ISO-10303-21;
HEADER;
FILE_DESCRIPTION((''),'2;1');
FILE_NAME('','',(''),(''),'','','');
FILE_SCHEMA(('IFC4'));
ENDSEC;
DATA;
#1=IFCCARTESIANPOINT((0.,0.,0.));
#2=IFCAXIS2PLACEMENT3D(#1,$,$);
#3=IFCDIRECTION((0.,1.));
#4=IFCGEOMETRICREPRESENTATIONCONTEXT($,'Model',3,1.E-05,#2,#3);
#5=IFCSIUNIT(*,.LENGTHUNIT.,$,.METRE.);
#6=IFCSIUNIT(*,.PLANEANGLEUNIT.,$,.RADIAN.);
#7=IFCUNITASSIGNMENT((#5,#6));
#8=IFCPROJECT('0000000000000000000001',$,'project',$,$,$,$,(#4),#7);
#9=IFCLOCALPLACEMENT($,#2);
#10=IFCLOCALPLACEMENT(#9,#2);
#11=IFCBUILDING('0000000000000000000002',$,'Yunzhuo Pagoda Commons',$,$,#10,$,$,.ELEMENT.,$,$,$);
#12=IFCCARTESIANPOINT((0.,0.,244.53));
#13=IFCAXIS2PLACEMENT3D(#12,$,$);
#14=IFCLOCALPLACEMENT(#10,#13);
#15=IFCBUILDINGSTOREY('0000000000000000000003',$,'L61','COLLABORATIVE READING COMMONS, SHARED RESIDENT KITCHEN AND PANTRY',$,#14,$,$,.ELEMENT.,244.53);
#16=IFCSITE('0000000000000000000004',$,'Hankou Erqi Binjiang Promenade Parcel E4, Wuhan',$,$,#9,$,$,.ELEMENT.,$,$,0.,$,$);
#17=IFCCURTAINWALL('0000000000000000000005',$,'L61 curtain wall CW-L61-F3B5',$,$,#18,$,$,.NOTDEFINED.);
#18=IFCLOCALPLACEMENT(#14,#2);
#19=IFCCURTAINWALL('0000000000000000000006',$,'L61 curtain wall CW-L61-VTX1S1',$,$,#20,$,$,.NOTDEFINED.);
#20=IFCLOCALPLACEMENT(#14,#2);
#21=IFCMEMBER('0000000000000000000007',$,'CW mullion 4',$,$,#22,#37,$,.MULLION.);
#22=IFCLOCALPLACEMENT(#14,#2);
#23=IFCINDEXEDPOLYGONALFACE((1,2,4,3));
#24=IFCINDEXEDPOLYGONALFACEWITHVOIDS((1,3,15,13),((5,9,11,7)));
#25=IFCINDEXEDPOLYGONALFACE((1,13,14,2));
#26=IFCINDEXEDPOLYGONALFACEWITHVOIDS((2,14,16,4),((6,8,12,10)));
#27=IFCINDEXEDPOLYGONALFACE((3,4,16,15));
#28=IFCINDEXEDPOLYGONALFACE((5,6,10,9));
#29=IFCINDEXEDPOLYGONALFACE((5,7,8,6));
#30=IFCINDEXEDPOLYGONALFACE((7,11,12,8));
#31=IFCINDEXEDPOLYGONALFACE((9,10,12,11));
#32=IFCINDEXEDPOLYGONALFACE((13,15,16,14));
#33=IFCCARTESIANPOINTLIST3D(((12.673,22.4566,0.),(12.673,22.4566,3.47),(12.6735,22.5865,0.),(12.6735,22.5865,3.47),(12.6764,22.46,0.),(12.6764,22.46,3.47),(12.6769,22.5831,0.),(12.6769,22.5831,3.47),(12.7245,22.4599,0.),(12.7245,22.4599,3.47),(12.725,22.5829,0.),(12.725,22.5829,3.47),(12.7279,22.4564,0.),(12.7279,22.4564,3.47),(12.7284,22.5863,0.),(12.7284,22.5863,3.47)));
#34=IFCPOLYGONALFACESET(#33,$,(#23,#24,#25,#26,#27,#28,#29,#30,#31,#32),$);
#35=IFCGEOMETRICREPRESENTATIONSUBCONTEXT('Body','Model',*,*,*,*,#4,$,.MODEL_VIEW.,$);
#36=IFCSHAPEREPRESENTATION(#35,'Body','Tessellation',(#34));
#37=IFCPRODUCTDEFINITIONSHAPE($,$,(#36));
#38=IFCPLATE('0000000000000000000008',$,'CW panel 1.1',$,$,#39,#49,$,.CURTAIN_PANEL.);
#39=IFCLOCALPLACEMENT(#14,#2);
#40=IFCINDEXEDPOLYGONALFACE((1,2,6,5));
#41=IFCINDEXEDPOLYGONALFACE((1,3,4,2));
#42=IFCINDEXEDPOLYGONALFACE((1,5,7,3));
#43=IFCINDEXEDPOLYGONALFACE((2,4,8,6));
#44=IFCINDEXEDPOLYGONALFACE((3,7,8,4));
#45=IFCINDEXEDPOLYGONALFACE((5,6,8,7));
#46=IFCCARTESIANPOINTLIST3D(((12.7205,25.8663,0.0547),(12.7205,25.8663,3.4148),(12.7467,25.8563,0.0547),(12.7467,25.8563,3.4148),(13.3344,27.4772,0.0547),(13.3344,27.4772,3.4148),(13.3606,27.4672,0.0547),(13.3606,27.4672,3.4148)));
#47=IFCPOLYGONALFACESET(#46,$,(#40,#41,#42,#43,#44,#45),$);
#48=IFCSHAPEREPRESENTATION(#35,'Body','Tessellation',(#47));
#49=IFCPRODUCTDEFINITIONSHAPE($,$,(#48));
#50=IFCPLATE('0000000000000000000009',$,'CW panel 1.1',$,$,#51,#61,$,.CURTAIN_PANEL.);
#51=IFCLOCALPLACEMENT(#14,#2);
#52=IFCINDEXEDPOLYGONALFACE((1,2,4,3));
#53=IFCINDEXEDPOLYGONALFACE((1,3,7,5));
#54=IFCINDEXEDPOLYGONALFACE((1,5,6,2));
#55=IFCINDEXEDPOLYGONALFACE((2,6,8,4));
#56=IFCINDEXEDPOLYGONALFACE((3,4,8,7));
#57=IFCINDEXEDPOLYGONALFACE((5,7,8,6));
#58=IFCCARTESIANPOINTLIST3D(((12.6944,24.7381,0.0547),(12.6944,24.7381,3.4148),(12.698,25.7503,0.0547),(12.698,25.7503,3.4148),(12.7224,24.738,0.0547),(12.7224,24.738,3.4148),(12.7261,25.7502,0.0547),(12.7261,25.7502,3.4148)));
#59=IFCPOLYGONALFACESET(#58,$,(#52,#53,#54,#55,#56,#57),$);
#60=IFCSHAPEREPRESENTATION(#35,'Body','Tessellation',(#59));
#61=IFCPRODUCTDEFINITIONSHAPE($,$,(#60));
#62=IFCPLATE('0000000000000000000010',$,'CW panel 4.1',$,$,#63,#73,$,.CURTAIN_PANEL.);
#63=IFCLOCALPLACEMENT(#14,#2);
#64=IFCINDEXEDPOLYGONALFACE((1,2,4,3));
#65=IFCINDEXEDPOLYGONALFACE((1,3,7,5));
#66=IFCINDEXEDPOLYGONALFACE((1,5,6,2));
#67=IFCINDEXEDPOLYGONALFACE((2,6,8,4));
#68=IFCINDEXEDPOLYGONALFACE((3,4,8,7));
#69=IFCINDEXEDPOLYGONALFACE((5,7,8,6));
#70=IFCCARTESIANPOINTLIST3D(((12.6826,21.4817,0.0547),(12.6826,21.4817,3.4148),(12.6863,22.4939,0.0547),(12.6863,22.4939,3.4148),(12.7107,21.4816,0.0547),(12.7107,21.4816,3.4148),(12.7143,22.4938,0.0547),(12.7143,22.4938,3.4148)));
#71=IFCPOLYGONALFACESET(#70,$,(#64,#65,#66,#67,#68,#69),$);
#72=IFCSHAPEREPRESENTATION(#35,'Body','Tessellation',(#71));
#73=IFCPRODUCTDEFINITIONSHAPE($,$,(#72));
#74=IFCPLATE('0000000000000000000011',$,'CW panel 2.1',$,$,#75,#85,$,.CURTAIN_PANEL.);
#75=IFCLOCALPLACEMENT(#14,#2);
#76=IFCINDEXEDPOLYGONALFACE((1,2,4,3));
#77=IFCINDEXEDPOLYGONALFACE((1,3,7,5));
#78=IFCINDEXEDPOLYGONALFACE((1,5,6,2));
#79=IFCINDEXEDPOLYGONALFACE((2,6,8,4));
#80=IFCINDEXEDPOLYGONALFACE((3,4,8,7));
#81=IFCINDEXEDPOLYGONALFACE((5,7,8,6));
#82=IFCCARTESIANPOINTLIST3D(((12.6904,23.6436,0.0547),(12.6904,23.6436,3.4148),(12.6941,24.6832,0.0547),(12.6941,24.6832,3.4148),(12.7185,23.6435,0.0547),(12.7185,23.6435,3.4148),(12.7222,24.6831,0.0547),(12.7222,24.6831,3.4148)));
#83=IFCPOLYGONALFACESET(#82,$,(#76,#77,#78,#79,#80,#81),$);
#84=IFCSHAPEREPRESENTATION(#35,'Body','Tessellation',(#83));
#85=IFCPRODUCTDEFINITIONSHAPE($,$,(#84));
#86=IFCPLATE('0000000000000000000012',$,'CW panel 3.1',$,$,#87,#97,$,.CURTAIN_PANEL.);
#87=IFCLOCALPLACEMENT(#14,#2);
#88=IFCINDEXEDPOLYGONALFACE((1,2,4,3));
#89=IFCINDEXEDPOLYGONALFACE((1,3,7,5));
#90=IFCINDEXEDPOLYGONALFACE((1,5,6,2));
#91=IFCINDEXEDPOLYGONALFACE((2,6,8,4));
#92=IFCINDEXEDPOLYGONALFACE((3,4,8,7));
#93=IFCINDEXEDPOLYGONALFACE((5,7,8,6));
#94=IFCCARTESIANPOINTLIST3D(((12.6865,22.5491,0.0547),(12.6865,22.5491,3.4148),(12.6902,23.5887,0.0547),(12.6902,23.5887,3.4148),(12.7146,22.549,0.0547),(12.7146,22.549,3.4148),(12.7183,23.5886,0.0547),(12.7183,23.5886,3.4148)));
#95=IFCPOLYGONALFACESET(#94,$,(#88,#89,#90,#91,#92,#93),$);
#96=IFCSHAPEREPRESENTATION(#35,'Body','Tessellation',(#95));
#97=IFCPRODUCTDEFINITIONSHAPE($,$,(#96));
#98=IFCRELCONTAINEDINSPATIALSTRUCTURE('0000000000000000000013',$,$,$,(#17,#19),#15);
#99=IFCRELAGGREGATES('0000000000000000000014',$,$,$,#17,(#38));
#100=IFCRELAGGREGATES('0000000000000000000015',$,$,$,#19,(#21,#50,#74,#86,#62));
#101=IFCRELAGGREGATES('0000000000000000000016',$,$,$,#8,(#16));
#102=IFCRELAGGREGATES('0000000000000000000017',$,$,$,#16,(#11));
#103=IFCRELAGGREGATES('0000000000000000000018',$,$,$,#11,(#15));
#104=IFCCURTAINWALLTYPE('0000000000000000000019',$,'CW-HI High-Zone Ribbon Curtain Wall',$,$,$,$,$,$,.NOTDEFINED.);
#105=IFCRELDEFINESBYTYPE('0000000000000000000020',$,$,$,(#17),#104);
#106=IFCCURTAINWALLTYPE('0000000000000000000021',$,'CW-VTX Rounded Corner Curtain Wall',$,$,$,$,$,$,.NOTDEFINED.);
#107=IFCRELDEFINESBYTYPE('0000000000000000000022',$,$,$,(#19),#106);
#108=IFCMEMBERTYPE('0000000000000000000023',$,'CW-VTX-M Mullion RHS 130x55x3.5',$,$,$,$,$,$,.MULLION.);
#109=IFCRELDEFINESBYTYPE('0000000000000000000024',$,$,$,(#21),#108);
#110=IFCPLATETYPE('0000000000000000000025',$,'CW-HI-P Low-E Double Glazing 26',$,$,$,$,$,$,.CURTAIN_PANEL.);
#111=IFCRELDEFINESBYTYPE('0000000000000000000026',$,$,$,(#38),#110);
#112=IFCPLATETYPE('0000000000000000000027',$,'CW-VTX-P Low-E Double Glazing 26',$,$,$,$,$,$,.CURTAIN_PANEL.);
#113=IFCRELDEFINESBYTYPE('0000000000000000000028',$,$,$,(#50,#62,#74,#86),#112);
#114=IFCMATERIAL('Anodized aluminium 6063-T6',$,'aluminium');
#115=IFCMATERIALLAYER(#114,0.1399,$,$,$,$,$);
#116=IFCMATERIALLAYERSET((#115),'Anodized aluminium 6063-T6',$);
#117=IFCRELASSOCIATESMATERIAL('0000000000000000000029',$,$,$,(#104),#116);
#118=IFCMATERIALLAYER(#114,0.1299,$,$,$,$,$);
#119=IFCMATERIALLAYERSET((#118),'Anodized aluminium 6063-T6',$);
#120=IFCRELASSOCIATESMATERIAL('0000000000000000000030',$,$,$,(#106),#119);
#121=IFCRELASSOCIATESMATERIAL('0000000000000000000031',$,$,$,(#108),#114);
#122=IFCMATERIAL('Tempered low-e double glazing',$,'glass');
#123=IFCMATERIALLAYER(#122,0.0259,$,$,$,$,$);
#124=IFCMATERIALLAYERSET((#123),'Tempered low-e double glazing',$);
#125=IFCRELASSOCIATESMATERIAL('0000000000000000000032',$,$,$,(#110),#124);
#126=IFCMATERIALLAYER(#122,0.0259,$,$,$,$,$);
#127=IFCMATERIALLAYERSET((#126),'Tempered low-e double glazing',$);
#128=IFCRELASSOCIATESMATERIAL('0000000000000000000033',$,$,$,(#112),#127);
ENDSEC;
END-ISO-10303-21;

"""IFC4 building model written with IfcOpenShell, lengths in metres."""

from ifc_helpers import new_model, si_unit, direction, frame, origin, origin_2d, place, context, subcontext, project, spatial, rectangle, hollow_rectangle, extrude, source, transform, mapped, material, layer, layer_set, material_profile, profile_set, type_object, element, aggregate, save


model = new_model("IFC4")

# Units and contexts
model_context = context("Model", 3, precision=1e-05, world=origin(), true_north=direction((0.0, 1.0)))
body_context = subcontext(model_context, "Body", "Model", "MODEL_VIEW")
ifc_project = project(units=[si_unit("LENGTHUNIT", "METRE"), si_unit("PLANEANGLEUNIT", "RADIAN")], contexts=[model_context])

# Site, building, storey
site_placement = place(None, origin())
site = spatial("IfcSite", under=ifc_project, at=site_placement, Name="Hankou Erqi Binjiang Promenade Parcel E4, Wuhan", CompositionType="ELEMENT", RefElevation=0.0)
building_placement = place(site_placement, origin())
building = spatial("IfcBuilding", under=site, at=building_placement, Name="Yunzhuo Pagoda Commons", CompositionType="ELEMENT")
storey_placement = place(building_placement, frame((0.0, 0.0, 244.53)))
storey = spatial("IfcBuildingStorey", under=building, at=storey_placement, Name="L61", Description="COLLABORATIVE READING COMMONS, SHARED RESIDENT KITCHEN AND PANTRY", CompositionType="ELEMENT", Elevation=244.53)

# Shared definitions
ifc_material_1 = material(Name="Anodized aluminium 6063-T6", Category="aluminium")
ifc_layer_1 = layer(ifc_material_1, 0.1399)
ifc_layer_set_1 = layer_set([ifc_layer_1], Name="Anodized aluminium 6063-T6")
curtain_wall_type_1 = type_object("IfcCurtainWallType", Name="CW-HI High-Zone Ribbon Curtain Wall", PredefinedType="NOTDEFINED", material=ifc_layer_set_1)

# Curtain walls
curtain_wall_1_placement = place(storey_placement, origin())
curtain_wall_1 = element("IfcCurtainWall", 1, at=curtain_wall_1_placement, inside=storey, type_object=curtain_wall_type_1, Name="L61 curtain wall CW-L61-F3B5", PredefinedType="NOTDEFINED")
ifc_layer_2 = layer(ifc_material_1, 0.1299)
ifc_layer_set_2 = layer_set([ifc_layer_2], Name="Anodized aluminium 6063-T6")
curtain_wall_type_2 = type_object("IfcCurtainWallType", Name="CW-VTX Rounded Corner Curtain Wall", PredefinedType="NOTDEFINED", material=ifc_layer_set_2)
curtain_wall_2_placement = place(storey_placement, origin())
curtain_wall_2 = element("IfcCurtainWall", 2, at=curtain_wall_2_placement, inside=storey, type_object=curtain_wall_type_2, Name="L61 curtain wall CW-L61-VTX1S1", PredefinedType="NOTDEFINED")

# Member
ifc_material_profile_1 = material_profile(ifc_material_1, hollow_rectangle(XDim=0.0549, YDim=0.1299, WallThickness=0.0034, at=origin_2d()), Name="Anodized aluminium 6063-T6")
ifc_profile_set_1 = profile_set([ifc_material_profile_1], Name="Anodized aluminium 6063-T6")
member_type_1 = type_object("IfcMemberType", Name="CW-VTX-M Mullion RHS 130x55x3.5", PredefinedType="MULLION", material=ifc_profile_set_1)
shared_shape_1 = source(origin(), body_context, "Body", "SweptSolid", [
    extrude(hollow_rectangle(XDim=0.0549, YDim=0.1299, WallThickness=0.0034, at=origin_2d()), origin(), (0.0, 0.0, 1.0), 3.47),
])
member_1_placement = place(storey_placement, frame((12.7007, 22.5215, 0.0), z_axis=(0.0, 0.0, 1.0), x_axis=(0.999994, -0.003586, 0.0)))
member_1 = element("IfcMember", 3, at=member_1_placement, type_object=member_type_1, Name="CW mullion 4", PredefinedType="MULLION", context=body_context, shape_type="MappedRepresentation", body=[
    mapped(shared_shape_1, transform((0.0, 0.0, 0.0), scale=1.0)),
])

# Plates
ifc_material_2 = material(Name="Tempered low-e double glazing", Category="glass")
ifc_layer_3 = layer(ifc_material_2, 0.0259)
ifc_layer_set_3 = layer_set([ifc_layer_3], Name="Tempered low-e double glazing")
plate_type_1 = type_object("IfcPlateType", Name="CW-HI-P Low-E Double Glazing 26", PredefinedType="CURTAIN_PANEL", material=ifc_layer_set_3)
shared_shape_2 = source(origin(), body_context, "Body", "SweptSolid", [
    extrude(rectangle(XDim=1.7239, YDim=0.0281, at=origin_2d()), origin(), (0.0, 0.0, 1.0), 3.3601),
])
plate_1_placement = place(storey_placement, frame((13.0405, 26.6667, 0.0547), z_axis=(0.0, 0.0, 1.0), x_axis=(-0.356117, -0.934441, 0.0)))
plate_1 = element("IfcPlate", 4, at=plate_1_placement, type_object=plate_type_1, Name="CW panel 1.1", PredefinedType="CURTAIN_PANEL", context=body_context, shape_type="MappedRepresentation", body=[
    mapped(shared_shape_2, transform((0.0, 0.0, 0.0), scale=1.0)),
])
aggregate(curtain_wall_1, [plate_1])
ifc_layer_4 = layer(ifc_material_2, 0.0259)
ifc_layer_set_4 = layer_set([ifc_layer_4], Name="Tempered low-e double glazing")
plate_type_2 = type_object("IfcPlateType", Name="CW-VTX-P Low-E Double Glazing 26", PredefinedType="CURTAIN_PANEL", material=ifc_layer_set_4)
shared_shape_3 = source(origin(), body_context, "Body", "SweptSolid", [
    extrude(rectangle(XDim=1.0122, YDim=0.0281, at=origin_2d()), origin(), (0.0, 0.0, 1.0), 3.3601),
])
plate_2_placement = place(storey_placement, frame((12.7102, 25.2441, 0.0547), z_axis=(0.0, 0.0, 1.0), x_axis=(-0.003586, -0.999994, 0.0)))
plate_2 = element("IfcPlate", 5, at=plate_2_placement, type_object=plate_type_2, Name="CW panel 1.1", PredefinedType="CURTAIN_PANEL", context=body_context, shape_type="MappedRepresentation", body=[
    mapped(shared_shape_3, transform((0.0, 0.0, 0.0), scale=1.0)),
])
plate_3_placement = place(storey_placement, frame((12.6985, 21.9878, 0.0547), z_axis=(0.0, 0.0, 1.0), x_axis=(-0.003586, -0.999994, 0.0)))
plate_3 = element("IfcPlate", 6, at=plate_3_placement, type_object=plate_type_2, Name="CW panel 4.1", PredefinedType="CURTAIN_PANEL", context=body_context, shape_type="MappedRepresentation", body=[
    mapped(shared_shape_3, transform((0.0, 0.0, 0.0), scale=1.0)),
])
shared_shape_4 = source(origin(), body_context, "Body", "SweptSolid", [
    extrude(rectangle(XDim=1.0396, YDim=0.0281, at=origin_2d()), origin(), (0.0, 0.0, 1.0), 3.3601),
])
plate_4_placement = place(storey_placement, frame((12.7063, 24.1633, 0.0547), z_axis=(0.0, 0.0, 1.0), x_axis=(-0.003586, -0.999994, 0.0)))
plate_4 = element("IfcPlate", 7, at=plate_4_placement, type_object=plate_type_2, Name="CW panel 2.1", PredefinedType="CURTAIN_PANEL", context=body_context, shape_type="MappedRepresentation", body=[
    mapped(shared_shape_4, transform((0.0, 0.0, 0.0), scale=1.0)),
])
plate_5_placement = place(storey_placement, frame((12.7024, 23.0688, 0.0547), z_axis=(0.0, 0.0, 1.0), x_axis=(-0.003586, -0.999994, 0.0)))
plate_5 = element("IfcPlate", 8, at=plate_5_placement, type_object=plate_type_2, Name="CW panel 3.1", PredefinedType="CURTAIN_PANEL", context=body_context, shape_type="MappedRepresentation", body=[
    mapped(shared_shape_4, transform((0.0, 0.0, 0.0), scale=1.0)),
])
aggregate(curtain_wall_2, [member_1, plate_2, plate_4, plate_5, plate_3])

save(model, "model.ifc")
